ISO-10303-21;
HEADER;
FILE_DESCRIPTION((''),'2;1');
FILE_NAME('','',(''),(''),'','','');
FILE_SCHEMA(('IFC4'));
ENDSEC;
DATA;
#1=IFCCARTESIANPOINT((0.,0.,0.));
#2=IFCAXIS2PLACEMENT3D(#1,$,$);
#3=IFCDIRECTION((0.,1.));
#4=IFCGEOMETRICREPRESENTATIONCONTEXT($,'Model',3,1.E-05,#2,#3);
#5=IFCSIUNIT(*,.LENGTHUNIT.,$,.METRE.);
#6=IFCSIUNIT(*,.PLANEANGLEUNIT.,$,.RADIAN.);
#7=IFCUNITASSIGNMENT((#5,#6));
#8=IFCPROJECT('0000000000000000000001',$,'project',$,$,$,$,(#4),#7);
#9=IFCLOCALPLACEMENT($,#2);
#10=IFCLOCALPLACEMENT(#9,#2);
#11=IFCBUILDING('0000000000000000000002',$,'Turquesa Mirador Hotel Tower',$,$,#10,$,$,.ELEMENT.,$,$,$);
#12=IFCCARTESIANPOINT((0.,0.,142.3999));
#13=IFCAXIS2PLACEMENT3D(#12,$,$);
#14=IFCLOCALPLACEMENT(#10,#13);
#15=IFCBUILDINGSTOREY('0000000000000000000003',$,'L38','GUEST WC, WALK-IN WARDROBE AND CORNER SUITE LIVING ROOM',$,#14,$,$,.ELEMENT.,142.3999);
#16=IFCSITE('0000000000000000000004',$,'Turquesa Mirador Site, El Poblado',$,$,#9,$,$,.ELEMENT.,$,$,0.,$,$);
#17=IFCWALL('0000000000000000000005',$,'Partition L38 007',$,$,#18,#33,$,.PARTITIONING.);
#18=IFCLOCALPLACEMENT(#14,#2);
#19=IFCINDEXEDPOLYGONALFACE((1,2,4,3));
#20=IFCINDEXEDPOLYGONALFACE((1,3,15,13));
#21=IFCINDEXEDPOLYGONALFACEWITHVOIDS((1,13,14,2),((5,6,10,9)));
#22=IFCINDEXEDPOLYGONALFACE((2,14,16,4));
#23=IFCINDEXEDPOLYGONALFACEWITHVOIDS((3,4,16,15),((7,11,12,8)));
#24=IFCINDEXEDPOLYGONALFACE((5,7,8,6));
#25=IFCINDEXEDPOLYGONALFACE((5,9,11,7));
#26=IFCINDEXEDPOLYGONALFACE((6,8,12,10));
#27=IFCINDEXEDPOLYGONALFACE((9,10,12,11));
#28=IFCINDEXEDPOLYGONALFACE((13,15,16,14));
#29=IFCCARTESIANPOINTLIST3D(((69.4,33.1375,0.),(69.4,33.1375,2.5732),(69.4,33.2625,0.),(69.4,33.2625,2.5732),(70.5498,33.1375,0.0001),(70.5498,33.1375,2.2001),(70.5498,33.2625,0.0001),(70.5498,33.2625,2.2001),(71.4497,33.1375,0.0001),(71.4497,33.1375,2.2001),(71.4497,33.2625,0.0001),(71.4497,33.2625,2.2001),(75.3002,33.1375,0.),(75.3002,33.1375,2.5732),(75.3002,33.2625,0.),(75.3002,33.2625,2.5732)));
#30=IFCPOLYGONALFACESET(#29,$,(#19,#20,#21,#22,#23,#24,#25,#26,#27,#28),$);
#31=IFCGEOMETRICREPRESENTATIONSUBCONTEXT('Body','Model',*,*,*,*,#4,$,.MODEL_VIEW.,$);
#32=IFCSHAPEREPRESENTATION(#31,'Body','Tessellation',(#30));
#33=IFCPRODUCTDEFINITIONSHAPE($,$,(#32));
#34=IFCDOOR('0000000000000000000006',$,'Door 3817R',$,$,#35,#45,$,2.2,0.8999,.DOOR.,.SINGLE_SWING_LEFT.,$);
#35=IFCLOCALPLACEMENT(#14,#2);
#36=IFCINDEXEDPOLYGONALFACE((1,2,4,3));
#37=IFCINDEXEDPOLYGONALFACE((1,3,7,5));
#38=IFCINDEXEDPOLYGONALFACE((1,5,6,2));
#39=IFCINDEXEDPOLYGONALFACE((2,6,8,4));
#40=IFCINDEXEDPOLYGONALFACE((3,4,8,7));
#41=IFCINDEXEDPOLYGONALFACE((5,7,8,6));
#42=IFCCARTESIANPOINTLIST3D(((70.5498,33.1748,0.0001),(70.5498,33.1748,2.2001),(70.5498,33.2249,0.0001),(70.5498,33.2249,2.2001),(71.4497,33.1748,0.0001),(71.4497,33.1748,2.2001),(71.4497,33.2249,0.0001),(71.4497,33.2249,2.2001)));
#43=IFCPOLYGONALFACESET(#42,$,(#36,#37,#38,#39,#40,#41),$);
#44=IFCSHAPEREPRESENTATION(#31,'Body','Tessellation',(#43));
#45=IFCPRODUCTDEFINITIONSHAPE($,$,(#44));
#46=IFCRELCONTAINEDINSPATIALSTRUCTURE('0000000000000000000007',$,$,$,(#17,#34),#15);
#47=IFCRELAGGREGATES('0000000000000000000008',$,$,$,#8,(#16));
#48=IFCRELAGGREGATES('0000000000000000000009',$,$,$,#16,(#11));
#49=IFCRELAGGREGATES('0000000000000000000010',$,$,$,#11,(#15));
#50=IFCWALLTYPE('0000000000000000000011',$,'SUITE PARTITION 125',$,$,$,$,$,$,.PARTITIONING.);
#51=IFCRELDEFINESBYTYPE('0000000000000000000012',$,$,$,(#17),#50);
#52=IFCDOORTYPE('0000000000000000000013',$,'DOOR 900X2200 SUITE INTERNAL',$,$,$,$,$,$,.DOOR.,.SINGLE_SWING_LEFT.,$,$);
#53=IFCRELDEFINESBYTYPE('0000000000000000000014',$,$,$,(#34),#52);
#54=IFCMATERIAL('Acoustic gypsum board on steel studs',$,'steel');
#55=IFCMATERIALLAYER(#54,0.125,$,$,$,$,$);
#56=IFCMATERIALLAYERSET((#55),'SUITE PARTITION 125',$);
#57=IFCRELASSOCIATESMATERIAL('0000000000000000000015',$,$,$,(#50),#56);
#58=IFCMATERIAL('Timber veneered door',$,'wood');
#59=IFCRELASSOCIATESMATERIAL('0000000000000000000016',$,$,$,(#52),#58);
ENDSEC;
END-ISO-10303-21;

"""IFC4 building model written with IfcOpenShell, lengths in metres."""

from ifc_helpers import new_model, si_unit, direction, frame, frame_2d, origin, place, context, subcontext, project, spatial, rectangle, extrude, material, layer, layer_set, type_object, element, fill, save


model = new_model("IFC4")

# Units and contexts
model_context = context("Model", 3, precision=1e-05, world=origin(), true_north=direction((0.0, 1.0)))
body_context = subcontext(model_context, "Body", "Model", "MODEL_VIEW")
ifc_project = project(units=[si_unit("LENGTHUNIT", "METRE"), si_unit("PLANEANGLEUNIT", "RADIAN")], contexts=[model_context])

# Site, building, storey
site_placement = place(None, origin())
site = spatial("IfcSite", under=ifc_project, at=site_placement, Name="Turquesa Mirador Site, El Poblado", CompositionType="ELEMENT", RefElevation=0.0)
building_placement = place(site_placement, origin())
building = spatial("IfcBuilding", under=site, at=building_placement, Name="Turquesa Mirador Hotel Tower", CompositionType="ELEMENT")
storey_placement = place(building_placement, frame((0.0, 0.0, 142.3999)))
storey = spatial("IfcBuildingStorey", under=building, at=storey_placement, Name="L38", Description="GUEST WC, WALK-IN WARDROBE AND CORNER SUITE LIVING ROOM", CompositionType="ELEMENT", Elevation=142.3999)

# Wall, opening, door
ifc_material_1 = material(Name="Acoustic gypsum board on steel studs", Category="steel")
ifc_layer_1 = layer(ifc_material_1, 0.125)
ifc_layer_set_1 = layer_set([ifc_layer_1], Name="SUITE PARTITION 125")
wall_type_1 = type_object("IfcWallType", Name="SUITE PARTITION 125", PredefinedType="PARTITIONING", material=ifc_layer_set_1)
wall_1_placement = place(storey_placement, frame((69.3999, 33.2, 0.0), z_axis=(0.0, 0.0, 1.0), x_axis=(1.0, 0.0, 0.0)))
wall_1 = element("IfcWall", 1, at=wall_1_placement, inside=storey, type_object=wall_type_1, Name="Partition L38 007", PredefinedType="PARTITIONING", context=body_context, shape_type="SweptSolid", body=[
    extrude(rectangle(XDim=5.9001, YDim=0.125, at=frame_2d((2.9502, 0.0))), origin(), (0.0, 0.0, 1.0), 2.5732),
])
opening_1_placement = place(wall_1_placement, frame((1.1499, 0.0, 0.0)))
opening_1 = element("IfcOpeningElement", 2, at=opening_1_placement, cuts=wall_1, PredefinedType="OPENING", context=body_context, shape_type="SweptSolid", body=[
    extrude(rectangle(XDim=0.8999, YDim=2.2, at=frame_2d((0.45, 1.1001))), frame((0.0, 0.0725, 0.0), z_axis=(0.0, -1.0, 0.0), x_axis=(1.0, 0.0, 0.0)), (0.0, 0.0, 1.0), 0.145),
])
ifc_material_2 = material(Name="Timber veneered door", Category="wood")
door_type = type_object("IfcDoorType", Name="DOOR 900X2200 SUITE INTERNAL", OperationType="SINGLE_SWING_LEFT", PredefinedType="DOOR", material=ifc_material_2)
door_placement = place(opening_1_placement, origin())
door = element("IfcDoor", 3, at=door_placement, inside=storey, type_object=door_type, Name="Door 3817R", OperationType="SINGLE_SWING_LEFT", OverallHeight=2.2, OverallWidth=0.8999, PredefinedType="DOOR", context=body_context, shape_type="SweptSolid", body=[
    extrude(rectangle(XDim=0.8999, YDim=2.2, at=frame_2d((0.45, 1.1001))), frame((0.0, 0.0249, 0.0), z_axis=(0.0, -1.0, 0.0), x_axis=(1.0, 0.0, 0.0)), (0.0, 0.0, 1.0), 0.05),
])
fill(opening_1, door)

save(model, "model.ifc")
